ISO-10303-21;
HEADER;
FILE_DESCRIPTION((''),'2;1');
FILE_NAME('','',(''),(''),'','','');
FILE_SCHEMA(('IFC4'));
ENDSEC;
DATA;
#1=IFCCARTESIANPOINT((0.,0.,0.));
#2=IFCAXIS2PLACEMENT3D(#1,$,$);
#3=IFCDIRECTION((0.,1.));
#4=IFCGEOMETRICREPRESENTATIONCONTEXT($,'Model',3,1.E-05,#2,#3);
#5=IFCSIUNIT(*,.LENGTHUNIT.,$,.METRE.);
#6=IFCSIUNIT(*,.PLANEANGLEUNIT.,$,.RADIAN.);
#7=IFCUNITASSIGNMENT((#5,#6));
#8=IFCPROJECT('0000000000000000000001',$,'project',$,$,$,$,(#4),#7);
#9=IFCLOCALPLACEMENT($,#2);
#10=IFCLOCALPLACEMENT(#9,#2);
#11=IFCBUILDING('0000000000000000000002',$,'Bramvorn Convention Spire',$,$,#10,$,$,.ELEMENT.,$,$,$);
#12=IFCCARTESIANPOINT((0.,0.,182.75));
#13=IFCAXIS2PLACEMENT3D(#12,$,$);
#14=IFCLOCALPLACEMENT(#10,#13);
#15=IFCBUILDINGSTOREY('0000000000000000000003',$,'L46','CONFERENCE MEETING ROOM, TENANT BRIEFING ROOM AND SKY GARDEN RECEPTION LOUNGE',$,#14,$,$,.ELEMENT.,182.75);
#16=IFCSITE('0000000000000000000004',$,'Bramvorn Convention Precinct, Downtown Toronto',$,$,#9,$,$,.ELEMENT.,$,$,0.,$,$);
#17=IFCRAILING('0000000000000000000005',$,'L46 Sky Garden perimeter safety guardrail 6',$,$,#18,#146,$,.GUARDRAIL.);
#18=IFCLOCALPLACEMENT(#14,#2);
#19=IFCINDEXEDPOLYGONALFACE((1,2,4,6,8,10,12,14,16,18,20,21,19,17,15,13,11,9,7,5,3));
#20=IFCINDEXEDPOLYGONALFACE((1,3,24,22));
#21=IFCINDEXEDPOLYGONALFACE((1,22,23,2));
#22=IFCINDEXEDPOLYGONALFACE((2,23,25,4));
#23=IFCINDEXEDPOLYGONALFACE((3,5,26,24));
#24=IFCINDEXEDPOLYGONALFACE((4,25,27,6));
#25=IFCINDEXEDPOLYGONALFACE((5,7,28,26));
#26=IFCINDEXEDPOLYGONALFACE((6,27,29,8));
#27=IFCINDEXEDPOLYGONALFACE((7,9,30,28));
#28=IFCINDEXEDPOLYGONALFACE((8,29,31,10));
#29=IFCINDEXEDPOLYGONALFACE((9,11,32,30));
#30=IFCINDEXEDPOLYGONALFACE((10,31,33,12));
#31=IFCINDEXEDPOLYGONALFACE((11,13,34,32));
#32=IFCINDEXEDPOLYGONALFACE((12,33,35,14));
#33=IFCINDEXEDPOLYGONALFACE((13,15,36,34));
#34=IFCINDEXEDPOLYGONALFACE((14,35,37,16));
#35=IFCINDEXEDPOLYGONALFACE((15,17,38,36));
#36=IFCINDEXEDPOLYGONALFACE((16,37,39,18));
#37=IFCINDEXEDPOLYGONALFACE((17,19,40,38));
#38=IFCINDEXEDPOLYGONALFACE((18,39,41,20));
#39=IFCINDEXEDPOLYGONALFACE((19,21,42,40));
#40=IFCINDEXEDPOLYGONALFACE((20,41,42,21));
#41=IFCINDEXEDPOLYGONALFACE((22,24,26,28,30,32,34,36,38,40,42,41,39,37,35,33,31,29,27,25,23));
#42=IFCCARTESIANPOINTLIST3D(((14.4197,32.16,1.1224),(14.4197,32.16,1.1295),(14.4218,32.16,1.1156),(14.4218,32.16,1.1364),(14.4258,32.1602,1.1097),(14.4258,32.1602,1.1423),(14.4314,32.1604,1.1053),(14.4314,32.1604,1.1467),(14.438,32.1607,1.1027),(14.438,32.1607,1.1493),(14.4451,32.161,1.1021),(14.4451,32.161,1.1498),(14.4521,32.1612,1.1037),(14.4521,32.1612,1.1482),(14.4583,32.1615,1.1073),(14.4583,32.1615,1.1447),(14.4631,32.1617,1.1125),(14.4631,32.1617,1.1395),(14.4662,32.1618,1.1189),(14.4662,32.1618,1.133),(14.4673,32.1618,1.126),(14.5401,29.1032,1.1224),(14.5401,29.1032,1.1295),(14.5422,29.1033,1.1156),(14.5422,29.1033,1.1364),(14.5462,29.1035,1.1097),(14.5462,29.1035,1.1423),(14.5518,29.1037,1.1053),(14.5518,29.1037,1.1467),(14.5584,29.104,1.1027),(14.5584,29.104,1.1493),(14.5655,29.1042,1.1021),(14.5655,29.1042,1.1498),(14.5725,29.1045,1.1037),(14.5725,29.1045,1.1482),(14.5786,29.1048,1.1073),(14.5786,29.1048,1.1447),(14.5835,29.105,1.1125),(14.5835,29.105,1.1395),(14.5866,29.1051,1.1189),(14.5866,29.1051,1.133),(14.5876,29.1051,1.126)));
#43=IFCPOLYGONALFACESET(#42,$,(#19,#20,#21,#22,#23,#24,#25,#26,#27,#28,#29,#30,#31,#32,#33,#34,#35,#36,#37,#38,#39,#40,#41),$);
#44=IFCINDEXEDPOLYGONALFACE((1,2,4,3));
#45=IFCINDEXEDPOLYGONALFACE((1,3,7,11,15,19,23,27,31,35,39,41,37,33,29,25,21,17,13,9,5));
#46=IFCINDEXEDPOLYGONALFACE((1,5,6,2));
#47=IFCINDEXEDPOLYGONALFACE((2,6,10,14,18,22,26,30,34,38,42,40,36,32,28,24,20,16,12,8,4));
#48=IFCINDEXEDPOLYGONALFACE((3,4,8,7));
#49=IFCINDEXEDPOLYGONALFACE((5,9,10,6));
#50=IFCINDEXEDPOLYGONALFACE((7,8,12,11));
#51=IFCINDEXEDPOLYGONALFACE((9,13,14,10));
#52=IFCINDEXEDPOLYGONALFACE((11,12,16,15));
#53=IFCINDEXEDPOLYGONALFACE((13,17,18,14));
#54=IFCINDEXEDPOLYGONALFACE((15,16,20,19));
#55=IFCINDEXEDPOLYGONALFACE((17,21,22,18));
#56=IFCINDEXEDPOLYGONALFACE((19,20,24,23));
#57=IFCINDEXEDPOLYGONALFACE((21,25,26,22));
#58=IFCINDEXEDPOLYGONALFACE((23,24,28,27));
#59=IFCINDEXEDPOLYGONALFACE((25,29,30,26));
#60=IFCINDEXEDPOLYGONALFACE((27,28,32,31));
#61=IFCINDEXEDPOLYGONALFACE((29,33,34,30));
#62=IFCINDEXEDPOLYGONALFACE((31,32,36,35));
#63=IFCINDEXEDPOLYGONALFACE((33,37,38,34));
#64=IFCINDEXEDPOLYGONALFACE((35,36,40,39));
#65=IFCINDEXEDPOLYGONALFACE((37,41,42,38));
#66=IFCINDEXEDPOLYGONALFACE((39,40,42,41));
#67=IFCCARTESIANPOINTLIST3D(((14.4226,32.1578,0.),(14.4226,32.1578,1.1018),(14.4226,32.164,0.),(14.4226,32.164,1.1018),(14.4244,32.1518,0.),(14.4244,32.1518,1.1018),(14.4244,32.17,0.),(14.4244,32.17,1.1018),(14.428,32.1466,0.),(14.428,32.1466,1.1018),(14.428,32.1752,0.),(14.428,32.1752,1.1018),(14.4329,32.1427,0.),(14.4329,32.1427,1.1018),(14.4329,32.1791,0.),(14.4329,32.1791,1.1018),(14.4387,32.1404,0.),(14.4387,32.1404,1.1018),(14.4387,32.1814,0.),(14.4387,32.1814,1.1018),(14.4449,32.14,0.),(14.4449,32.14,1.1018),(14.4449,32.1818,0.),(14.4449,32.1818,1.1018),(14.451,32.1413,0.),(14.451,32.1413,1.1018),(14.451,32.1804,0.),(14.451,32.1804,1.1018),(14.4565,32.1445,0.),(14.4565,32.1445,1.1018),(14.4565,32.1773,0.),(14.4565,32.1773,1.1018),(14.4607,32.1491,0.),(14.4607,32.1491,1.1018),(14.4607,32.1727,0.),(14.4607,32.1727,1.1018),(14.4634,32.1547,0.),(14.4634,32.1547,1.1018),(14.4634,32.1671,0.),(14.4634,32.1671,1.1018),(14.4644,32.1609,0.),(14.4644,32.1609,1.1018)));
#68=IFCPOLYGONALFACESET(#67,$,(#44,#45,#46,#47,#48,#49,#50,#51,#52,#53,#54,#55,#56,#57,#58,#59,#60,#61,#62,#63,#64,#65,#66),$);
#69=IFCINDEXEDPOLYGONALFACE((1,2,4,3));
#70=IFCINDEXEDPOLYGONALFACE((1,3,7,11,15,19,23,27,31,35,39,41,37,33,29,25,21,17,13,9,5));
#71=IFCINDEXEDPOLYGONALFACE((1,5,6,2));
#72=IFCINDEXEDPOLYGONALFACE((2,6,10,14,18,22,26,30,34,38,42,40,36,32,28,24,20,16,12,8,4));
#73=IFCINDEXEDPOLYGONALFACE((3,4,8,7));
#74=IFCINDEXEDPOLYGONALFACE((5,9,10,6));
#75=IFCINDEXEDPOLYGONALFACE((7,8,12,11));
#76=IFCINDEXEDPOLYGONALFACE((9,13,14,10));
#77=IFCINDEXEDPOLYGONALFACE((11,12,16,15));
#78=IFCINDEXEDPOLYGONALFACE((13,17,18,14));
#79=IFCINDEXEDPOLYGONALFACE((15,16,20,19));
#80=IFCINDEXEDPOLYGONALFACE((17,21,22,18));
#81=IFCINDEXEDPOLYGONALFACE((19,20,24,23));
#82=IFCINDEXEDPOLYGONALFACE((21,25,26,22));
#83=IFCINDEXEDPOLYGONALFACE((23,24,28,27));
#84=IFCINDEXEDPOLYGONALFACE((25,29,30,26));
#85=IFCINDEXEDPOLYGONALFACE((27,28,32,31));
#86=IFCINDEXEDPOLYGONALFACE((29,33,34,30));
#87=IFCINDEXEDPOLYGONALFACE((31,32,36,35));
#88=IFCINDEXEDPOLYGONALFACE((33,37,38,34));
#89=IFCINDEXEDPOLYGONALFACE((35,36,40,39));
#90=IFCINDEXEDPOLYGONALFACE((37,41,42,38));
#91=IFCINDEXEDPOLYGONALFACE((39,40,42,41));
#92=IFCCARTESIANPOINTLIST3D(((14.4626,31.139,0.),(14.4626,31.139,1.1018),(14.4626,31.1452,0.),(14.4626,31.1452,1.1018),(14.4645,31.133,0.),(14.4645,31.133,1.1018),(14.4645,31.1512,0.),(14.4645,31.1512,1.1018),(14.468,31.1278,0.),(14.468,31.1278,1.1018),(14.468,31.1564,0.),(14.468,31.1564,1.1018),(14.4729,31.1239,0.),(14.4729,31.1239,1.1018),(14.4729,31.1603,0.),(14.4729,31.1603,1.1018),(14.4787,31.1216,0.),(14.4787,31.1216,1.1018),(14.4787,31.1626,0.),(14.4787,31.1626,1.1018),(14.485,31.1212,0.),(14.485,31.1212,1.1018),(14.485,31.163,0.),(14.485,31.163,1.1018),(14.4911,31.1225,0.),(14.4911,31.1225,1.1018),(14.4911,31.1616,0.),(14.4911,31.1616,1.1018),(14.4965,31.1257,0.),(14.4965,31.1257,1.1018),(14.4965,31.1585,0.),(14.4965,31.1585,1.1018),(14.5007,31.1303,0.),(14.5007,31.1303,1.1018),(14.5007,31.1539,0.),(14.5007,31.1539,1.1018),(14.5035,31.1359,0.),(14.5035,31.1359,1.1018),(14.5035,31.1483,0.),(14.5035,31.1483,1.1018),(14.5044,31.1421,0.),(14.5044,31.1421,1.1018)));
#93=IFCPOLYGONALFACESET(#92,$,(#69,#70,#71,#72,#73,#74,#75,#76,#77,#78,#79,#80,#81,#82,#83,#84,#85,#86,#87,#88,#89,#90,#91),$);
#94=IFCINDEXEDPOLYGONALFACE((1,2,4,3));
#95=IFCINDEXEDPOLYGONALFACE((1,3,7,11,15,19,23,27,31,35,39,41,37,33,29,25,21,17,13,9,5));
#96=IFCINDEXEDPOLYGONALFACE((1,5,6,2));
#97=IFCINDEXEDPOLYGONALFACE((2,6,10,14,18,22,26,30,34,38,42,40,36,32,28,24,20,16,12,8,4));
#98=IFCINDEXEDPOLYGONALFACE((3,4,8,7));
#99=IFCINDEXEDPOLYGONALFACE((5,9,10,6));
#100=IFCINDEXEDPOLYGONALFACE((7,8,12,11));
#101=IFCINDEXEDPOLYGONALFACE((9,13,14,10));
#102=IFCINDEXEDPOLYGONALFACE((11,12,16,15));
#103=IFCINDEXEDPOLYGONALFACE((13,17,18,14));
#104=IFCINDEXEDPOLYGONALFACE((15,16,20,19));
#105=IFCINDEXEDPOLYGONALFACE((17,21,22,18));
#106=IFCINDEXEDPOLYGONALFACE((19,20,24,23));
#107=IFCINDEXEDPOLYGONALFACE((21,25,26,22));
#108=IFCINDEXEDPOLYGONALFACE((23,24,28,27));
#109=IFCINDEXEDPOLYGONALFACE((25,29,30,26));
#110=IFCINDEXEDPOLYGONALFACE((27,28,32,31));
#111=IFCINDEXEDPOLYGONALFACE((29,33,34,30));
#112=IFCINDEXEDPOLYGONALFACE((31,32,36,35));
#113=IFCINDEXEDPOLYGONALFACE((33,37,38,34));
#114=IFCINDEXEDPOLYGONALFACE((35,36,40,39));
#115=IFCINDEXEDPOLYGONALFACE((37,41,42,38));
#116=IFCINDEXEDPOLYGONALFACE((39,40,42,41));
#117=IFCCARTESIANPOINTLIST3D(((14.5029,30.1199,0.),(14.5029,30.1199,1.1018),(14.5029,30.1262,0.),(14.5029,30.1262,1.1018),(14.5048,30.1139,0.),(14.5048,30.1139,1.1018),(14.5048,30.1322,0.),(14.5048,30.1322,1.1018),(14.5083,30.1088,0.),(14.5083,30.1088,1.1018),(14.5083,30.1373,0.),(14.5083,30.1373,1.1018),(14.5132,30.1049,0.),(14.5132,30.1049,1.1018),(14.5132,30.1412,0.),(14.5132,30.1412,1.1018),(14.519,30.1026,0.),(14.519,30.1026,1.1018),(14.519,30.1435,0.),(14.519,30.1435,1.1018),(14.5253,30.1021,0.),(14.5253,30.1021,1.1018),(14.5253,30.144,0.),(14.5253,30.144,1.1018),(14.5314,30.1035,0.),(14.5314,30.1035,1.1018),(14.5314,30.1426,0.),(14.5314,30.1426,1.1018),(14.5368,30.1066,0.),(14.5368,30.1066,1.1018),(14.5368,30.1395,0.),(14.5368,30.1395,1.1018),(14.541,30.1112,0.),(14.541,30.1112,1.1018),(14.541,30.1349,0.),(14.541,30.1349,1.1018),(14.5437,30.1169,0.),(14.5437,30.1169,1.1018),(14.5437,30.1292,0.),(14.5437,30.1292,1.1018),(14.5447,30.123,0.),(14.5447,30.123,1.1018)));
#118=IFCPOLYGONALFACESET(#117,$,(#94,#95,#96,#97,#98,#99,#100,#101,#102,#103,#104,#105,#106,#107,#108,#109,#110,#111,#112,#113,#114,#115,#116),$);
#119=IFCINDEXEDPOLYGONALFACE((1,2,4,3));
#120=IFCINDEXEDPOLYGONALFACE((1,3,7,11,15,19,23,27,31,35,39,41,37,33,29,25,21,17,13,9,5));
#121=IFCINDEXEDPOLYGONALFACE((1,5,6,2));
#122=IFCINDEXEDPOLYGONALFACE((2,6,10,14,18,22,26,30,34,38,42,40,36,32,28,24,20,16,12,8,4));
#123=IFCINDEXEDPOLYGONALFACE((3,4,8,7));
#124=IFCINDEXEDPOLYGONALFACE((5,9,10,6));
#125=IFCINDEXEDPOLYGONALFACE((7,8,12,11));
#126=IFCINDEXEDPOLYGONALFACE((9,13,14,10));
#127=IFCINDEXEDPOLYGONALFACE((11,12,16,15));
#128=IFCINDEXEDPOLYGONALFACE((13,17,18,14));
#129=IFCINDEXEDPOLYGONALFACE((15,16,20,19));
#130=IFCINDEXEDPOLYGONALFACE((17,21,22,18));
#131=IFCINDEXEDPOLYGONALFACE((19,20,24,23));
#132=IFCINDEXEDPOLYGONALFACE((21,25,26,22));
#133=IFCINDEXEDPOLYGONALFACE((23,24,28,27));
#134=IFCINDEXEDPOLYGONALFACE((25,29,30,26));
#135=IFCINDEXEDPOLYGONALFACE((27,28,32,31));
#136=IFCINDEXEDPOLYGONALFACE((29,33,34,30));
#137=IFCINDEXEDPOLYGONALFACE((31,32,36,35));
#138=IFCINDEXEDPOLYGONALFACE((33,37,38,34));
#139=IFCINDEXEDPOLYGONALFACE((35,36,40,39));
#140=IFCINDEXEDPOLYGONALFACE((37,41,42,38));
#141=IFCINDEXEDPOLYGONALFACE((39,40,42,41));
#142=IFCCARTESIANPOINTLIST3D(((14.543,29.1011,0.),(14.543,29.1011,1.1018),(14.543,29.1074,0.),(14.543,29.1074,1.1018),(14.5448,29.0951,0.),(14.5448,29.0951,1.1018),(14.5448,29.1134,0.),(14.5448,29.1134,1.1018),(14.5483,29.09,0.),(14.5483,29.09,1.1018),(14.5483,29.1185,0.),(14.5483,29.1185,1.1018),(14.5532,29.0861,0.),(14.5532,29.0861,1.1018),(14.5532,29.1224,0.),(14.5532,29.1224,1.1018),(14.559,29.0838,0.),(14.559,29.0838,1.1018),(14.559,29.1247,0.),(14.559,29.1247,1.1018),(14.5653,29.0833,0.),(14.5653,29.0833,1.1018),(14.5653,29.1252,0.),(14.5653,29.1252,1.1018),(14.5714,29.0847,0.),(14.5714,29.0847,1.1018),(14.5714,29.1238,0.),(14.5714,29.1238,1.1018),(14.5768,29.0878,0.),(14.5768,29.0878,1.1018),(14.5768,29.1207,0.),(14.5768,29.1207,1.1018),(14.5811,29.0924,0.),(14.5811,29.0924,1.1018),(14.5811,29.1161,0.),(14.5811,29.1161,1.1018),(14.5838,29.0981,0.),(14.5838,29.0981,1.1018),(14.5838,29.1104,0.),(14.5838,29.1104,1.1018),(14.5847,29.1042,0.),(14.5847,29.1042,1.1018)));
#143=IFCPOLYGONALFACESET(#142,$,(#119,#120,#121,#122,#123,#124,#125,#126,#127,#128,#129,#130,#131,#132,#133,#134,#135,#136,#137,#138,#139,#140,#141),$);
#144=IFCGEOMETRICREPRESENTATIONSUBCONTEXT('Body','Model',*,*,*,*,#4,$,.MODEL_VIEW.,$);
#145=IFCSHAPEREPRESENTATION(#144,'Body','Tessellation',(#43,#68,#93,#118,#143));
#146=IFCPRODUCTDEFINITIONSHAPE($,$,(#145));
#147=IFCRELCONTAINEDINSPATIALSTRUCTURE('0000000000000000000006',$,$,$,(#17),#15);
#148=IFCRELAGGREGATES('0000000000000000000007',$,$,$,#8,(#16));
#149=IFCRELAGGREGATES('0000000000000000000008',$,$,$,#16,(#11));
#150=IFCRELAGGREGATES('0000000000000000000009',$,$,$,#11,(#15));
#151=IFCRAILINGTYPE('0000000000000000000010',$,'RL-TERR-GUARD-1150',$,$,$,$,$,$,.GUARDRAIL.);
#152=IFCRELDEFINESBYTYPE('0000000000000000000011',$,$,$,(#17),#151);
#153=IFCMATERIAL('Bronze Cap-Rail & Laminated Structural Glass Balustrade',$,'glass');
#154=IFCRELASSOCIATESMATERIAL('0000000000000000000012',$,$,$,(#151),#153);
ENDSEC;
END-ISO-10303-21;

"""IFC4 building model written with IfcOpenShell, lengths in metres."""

from ifc_helpers import new_model, si_unit, direction, frame, origin, origin_2d, place, context, subcontext, project, spatial, circle, extrude, material, type_object, element, save


model = new_model("IFC4")

# Units and contexts
model_context = context("Model", 3, precision=1e-05, world=origin(), true_north=direction((0.0, 1.0)))
body_context = subcontext(model_context, "Body", "Model", "MODEL_VIEW")
ifc_project = project(units=[si_unit("LENGTHUNIT", "METRE"), si_unit("PLANEANGLEUNIT", "RADIAN")], contexts=[model_context])

# Site, building, storey
site_placement = place(None, origin())
site = spatial("IfcSite", under=ifc_project, at=site_placement, Name="Bramvorn Convention Precinct, Downtown Toronto", CompositionType="ELEMENT", RefElevation=0.0)
building_placement = place(site_placement, origin())
building = spatial("IfcBuilding", under=site, at=building_placement, Name="Bramvorn Convention Spire", CompositionType="ELEMENT")
storey_placement = place(building_placement, frame((0.0, 0.0, 182.75)))
storey = spatial("IfcBuildingStorey", under=building, at=storey_placement, Name="L46", Description="CONFERENCE MEETING ROOM, TENANT BRIEFING ROOM AND SKY GARDEN RECEPTION LOUNGE", CompositionType="ELEMENT", Elevation=182.75)

# Railing
ifc_material_1 = material(Name="Bronze Cap-Rail & Laminated Structural Glass Balustrade", Category="glass")
railing_type = type_object("IfcRailingType", Name="RL-TERR-GUARD-1150", PredefinedType="GUARDRAIL", material=ifc_material_1)
railing_1_placement = place(storey_placement, frame((14.4434, 32.1609, 0.0)))
element("IfcRailing", 1, at=railing_1_placement, inside=storey, type_object=railing_type, Name="L46 Sky Garden perimeter safety guardrail 6", PredefinedType="GUARDRAIL", context=body_context, shape_type="SweptSolid", body=[
    extrude(circle(Radius=0.0239, at=origin_2d()), frame((0.0, 0.0, 1.126), z_axis=(0.039347, -0.999226, 0.0), x_axis=(0.999226, 0.039347, 0.0)), (0.0, 0.0, 1.0), 3.0591),
    extrude(circle(Radius=0.021, at=origin_2d()), origin(), (0.0, 0.0, 1.0), 1.1018),
    extrude(circle(Radius=0.021, at=origin_2d()), frame((0.04, -1.0188, 0.0)), (0.0, 0.0, 1.0), 1.1018),
    extrude(circle(Radius=0.021, at=origin_2d()), frame((0.0803, -2.0378, 0.0)), (0.0, 0.0, 1.0), 1.1018),
    extrude(circle(Radius=0.021, at=origin_2d()), frame((0.1204, -3.0566, 0.0)), (0.0, 0.0, 1.0), 1.1018),
])

save(model, "model.ifc")
